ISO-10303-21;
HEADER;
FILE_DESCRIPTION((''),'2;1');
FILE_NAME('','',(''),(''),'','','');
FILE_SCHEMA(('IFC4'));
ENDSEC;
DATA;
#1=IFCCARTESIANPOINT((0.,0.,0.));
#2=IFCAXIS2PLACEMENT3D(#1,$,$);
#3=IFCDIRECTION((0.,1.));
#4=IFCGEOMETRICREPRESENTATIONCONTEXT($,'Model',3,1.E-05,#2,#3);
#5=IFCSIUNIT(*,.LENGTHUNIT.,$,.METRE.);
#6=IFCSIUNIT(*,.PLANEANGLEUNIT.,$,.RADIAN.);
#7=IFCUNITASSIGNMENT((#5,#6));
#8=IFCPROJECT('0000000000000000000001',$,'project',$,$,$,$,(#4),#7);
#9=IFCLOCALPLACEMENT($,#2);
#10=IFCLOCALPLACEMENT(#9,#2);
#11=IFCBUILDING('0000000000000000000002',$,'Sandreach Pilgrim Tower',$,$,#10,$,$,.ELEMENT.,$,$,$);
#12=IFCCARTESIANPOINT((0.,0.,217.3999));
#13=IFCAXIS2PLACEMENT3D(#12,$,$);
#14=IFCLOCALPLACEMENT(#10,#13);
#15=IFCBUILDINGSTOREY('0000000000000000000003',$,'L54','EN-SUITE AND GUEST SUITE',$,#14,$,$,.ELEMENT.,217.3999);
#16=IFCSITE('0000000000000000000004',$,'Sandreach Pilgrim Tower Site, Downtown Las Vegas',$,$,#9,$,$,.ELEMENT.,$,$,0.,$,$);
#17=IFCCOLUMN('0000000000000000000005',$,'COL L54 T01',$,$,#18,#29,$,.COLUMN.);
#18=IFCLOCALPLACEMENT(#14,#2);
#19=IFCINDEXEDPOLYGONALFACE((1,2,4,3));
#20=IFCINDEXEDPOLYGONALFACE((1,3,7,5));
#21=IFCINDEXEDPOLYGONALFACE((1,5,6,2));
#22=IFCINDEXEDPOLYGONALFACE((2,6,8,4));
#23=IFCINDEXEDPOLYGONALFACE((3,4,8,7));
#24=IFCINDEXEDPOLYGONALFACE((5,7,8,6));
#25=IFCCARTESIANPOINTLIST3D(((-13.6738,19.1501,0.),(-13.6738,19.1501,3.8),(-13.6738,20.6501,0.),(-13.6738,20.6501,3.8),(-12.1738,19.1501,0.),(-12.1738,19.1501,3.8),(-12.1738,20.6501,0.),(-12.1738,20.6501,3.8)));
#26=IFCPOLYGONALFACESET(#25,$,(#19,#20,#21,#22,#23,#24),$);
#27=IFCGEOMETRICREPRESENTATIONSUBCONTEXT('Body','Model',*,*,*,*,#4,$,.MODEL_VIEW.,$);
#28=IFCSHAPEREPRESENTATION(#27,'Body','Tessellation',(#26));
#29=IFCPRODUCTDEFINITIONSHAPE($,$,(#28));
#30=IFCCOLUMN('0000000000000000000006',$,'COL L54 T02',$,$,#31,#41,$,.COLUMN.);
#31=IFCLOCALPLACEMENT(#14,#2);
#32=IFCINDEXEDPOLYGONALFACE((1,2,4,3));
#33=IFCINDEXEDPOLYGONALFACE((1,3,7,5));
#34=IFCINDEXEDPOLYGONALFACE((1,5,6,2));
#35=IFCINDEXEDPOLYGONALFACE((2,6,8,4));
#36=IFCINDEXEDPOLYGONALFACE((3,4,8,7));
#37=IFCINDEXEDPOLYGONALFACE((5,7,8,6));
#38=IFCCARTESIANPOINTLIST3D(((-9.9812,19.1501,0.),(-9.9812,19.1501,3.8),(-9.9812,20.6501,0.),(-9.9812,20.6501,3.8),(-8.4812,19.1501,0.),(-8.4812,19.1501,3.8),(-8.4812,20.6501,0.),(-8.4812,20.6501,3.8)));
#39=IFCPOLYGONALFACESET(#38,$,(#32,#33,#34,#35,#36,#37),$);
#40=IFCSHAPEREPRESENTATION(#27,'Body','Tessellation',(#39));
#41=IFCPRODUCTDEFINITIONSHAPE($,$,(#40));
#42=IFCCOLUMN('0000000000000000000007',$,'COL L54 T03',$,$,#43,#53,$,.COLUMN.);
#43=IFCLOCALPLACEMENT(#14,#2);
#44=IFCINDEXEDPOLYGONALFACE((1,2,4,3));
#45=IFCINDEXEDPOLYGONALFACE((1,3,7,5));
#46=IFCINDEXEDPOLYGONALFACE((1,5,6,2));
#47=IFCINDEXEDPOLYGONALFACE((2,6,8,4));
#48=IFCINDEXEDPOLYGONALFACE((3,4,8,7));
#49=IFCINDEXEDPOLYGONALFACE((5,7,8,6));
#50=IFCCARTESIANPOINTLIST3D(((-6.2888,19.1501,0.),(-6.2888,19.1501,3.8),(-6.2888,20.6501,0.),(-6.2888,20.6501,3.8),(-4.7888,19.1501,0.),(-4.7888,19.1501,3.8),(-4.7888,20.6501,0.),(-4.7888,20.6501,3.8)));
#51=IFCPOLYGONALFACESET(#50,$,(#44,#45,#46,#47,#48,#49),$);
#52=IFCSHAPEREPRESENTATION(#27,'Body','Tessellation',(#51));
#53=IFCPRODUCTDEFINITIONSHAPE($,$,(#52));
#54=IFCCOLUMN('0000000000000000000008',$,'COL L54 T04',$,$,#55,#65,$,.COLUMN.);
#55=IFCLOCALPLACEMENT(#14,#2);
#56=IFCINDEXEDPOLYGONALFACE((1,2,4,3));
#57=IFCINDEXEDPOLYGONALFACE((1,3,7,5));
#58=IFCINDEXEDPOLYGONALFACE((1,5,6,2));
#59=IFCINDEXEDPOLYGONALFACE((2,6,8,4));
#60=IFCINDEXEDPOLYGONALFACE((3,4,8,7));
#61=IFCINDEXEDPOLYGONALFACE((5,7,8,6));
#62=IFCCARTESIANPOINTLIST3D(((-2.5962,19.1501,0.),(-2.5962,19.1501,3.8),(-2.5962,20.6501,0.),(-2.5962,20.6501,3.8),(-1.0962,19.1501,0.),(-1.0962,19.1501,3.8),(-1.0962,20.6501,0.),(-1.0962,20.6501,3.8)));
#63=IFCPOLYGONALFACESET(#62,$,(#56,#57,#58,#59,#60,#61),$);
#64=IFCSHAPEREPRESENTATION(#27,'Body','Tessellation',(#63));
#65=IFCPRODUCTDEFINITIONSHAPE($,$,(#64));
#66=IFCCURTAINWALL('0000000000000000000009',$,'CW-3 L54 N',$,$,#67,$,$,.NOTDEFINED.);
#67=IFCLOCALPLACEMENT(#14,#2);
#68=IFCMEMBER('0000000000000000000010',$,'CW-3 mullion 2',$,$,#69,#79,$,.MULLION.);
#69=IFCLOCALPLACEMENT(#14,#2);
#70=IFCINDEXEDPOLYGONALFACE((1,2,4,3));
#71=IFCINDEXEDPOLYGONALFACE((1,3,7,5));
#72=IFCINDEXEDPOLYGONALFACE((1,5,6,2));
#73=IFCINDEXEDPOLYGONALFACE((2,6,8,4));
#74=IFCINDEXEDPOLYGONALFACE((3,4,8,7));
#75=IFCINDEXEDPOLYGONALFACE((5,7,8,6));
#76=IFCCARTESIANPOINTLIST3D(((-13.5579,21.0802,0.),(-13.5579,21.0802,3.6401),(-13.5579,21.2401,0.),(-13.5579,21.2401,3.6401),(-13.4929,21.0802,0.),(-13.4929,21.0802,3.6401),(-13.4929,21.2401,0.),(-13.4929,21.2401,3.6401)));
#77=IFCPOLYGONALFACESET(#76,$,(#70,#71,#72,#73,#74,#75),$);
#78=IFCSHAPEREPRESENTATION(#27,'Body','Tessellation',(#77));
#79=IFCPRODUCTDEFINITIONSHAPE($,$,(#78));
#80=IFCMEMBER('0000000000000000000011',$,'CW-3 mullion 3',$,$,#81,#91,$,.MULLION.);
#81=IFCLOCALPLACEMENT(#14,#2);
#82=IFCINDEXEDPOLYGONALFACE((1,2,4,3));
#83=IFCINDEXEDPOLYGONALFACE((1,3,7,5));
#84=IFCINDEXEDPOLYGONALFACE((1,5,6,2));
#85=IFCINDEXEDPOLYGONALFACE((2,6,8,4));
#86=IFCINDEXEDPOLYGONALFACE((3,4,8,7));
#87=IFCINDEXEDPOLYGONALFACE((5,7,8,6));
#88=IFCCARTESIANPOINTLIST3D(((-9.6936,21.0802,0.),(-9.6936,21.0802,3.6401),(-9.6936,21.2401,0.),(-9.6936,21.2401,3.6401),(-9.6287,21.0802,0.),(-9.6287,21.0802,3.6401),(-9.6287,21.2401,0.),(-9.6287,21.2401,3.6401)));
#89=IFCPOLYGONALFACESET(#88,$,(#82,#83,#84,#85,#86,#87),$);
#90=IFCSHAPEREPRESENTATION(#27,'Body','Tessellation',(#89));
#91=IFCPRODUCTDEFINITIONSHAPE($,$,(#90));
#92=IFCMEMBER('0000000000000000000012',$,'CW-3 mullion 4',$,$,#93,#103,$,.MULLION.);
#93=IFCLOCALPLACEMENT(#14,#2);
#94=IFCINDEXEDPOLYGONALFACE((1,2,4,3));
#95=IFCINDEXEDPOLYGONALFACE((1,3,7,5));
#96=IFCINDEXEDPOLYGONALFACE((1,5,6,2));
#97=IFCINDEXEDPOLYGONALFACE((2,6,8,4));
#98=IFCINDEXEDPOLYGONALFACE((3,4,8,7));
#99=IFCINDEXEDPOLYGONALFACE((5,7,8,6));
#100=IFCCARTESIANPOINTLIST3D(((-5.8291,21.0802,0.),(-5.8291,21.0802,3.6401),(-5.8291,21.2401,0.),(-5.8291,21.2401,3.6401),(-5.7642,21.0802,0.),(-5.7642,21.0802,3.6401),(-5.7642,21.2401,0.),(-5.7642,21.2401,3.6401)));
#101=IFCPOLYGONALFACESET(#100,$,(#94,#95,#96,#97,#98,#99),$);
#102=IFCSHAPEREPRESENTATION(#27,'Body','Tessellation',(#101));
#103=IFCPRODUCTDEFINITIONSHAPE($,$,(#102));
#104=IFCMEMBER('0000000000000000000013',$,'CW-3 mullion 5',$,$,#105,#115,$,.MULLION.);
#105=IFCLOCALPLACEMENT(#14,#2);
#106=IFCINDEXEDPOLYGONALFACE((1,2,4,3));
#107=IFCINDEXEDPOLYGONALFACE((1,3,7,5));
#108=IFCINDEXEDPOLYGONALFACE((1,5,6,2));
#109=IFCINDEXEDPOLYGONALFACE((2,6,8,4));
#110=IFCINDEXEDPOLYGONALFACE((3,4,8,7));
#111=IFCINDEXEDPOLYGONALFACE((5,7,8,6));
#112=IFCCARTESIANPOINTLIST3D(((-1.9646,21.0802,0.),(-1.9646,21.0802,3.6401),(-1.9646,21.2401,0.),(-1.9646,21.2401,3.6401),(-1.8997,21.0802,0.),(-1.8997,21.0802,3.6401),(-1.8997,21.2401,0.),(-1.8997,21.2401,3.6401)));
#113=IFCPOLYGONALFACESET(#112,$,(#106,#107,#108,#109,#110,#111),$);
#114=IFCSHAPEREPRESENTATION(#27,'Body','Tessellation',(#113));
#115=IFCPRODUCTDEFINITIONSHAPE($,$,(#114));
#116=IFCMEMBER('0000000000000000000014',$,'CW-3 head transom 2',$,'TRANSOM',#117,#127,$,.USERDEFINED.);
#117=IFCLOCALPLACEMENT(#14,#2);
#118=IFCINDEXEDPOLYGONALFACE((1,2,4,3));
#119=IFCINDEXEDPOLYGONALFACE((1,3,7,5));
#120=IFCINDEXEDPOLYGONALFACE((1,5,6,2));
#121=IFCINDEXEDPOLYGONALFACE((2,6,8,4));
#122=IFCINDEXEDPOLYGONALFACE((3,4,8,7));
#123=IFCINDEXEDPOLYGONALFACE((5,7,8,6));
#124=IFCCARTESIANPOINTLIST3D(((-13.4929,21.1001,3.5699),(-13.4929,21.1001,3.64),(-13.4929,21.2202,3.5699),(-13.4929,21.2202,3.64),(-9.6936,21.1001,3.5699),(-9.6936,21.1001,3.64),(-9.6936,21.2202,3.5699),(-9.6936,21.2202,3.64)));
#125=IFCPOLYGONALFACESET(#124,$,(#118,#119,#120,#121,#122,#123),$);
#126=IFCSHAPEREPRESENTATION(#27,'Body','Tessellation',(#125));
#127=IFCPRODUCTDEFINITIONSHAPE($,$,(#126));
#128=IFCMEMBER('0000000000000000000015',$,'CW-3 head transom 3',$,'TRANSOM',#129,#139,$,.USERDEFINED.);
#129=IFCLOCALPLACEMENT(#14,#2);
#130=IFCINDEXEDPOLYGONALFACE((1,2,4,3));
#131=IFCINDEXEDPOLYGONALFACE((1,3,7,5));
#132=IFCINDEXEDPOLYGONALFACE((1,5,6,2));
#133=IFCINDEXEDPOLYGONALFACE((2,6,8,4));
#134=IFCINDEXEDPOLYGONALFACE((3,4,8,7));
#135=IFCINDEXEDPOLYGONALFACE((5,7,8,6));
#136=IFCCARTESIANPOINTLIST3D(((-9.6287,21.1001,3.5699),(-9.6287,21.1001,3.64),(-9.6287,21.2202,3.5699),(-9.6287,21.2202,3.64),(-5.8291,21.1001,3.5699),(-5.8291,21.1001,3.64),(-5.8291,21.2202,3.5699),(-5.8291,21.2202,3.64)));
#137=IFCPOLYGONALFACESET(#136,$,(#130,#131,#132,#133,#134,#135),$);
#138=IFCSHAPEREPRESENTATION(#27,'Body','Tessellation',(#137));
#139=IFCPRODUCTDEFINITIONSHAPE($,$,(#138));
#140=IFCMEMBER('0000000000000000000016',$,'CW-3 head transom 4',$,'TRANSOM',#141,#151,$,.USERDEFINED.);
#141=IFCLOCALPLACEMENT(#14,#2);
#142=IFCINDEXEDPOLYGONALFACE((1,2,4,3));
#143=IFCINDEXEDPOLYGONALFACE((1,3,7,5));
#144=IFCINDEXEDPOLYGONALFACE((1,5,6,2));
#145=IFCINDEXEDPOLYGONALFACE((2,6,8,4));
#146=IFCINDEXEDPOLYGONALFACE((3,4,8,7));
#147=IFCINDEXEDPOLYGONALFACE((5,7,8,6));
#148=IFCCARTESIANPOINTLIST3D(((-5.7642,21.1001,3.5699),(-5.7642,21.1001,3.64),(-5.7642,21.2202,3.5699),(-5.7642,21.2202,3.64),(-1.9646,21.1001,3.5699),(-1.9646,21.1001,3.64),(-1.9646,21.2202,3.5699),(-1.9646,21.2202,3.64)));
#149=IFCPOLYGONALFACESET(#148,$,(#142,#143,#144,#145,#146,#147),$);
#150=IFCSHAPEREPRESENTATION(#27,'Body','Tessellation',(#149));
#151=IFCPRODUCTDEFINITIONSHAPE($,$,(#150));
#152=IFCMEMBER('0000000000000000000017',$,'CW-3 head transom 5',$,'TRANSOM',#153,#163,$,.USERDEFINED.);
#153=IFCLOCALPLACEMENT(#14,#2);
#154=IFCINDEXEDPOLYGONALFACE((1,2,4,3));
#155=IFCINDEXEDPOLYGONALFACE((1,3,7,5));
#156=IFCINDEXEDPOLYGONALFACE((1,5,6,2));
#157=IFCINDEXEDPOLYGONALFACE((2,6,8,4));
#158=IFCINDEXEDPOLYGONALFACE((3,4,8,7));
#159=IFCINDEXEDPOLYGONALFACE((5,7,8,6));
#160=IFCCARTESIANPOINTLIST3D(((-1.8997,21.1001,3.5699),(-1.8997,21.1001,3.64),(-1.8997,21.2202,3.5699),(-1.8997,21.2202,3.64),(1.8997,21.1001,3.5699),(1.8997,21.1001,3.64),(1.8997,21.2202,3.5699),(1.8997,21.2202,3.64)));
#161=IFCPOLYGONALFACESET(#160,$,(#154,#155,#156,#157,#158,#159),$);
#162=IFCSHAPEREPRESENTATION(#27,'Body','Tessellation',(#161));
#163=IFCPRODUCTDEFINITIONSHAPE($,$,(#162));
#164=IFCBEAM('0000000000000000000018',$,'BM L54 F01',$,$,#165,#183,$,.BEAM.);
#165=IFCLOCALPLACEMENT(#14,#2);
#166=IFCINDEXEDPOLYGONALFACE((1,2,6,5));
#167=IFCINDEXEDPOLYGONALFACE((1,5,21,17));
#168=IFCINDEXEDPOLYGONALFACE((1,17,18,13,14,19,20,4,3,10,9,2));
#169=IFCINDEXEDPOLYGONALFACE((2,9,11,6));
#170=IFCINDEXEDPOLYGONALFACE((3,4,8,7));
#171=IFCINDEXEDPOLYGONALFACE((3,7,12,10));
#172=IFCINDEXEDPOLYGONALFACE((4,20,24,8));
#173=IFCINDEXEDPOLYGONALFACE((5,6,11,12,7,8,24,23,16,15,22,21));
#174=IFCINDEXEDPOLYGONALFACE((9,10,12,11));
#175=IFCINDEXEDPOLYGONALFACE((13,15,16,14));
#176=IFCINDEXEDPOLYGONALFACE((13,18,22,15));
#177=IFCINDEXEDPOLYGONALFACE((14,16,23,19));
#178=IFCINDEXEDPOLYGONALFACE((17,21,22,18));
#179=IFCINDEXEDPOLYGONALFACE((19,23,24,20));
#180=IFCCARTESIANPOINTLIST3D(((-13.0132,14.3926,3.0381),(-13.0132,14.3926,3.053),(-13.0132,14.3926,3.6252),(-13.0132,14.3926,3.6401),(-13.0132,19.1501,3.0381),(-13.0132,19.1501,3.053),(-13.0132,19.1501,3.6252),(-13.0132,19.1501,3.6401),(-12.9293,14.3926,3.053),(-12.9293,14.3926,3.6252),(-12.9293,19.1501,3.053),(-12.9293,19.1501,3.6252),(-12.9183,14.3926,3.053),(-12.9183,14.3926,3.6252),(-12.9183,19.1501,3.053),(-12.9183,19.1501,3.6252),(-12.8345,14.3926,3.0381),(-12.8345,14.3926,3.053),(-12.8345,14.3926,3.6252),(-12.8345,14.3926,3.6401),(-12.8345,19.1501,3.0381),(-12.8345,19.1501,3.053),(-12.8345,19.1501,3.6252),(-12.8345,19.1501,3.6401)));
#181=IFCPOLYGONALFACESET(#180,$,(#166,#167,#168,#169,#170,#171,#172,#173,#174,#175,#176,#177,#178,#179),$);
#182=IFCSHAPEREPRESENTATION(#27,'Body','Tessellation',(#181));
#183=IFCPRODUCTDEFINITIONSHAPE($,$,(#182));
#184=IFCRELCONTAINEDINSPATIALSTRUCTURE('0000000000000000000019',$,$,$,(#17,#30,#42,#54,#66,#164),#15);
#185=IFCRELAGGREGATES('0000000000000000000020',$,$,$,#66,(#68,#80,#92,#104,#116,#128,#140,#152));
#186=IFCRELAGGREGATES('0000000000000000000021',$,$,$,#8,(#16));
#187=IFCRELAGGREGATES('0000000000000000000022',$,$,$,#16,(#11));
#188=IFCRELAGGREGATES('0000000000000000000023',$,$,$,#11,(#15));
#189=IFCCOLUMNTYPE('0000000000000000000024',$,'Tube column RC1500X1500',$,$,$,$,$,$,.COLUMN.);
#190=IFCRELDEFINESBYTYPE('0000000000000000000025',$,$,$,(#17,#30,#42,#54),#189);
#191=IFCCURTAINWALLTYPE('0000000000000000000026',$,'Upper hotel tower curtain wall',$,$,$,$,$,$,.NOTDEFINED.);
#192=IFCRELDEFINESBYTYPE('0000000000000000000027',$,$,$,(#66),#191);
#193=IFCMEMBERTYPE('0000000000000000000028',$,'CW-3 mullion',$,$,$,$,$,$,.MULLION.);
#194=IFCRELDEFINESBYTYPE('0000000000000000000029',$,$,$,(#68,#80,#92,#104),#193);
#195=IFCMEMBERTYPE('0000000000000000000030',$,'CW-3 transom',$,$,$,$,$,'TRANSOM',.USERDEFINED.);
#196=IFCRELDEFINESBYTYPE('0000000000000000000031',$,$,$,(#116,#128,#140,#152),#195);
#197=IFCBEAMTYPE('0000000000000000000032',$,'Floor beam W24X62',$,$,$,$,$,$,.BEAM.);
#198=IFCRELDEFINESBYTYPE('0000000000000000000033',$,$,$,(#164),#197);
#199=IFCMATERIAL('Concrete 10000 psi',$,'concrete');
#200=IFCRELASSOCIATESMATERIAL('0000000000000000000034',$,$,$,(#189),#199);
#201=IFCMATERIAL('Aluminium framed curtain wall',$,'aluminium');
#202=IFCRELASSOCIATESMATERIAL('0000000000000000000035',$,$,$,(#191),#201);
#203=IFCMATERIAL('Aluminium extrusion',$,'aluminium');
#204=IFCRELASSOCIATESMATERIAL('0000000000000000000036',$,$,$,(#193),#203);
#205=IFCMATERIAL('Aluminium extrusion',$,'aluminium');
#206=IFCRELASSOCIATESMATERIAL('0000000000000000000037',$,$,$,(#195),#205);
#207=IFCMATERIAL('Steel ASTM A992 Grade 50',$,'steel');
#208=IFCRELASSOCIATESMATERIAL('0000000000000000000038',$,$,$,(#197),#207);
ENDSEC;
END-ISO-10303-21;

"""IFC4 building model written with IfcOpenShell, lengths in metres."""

from ifc_helpers import new_model, si_unit, direction, frame, origin, origin_2d, place, context, subcontext, project, spatial, rectangle, i_section, extrude, material, material_profile, profile_set, type_object, element, aggregate, save


model = new_model("IFC4")

# Units and contexts
model_context = context("Model", 3, precision=1e-05, world=origin(), true_north=direction((0.0, 1.0)))
body_context = subcontext(model_context, "Body", "Model", "MODEL_VIEW")
ifc_project = project(units=[si_unit("LENGTHUNIT", "METRE"), si_unit("PLANEANGLEUNIT", "RADIAN")], contexts=[model_context])

# Site, building, storey
site_placement = place(None, origin())
site = spatial("IfcSite", under=ifc_project, at=site_placement, Name="Sandreach Pilgrim Tower Site, Downtown Las Vegas", CompositionType="ELEMENT", RefElevation=0.0)
building_placement = place(site_placement, origin())
building = spatial("IfcBuilding", under=site, at=building_placement, Name="Sandreach Pilgrim Tower", CompositionType="ELEMENT")
storey_placement = place(building_placement, frame((0.0, 0.0, 217.3999)))
storey = spatial("IfcBuildingStorey", under=building, at=storey_placement, Name="L54", Description="EN-SUITE AND GUEST SUITE", CompositionType="ELEMENT", Elevation=217.3999)

# Columns
ifc_material_1 = material(Name="Concrete 10000 psi", Category="concrete")
ifc_material_profile_1 = material_profile(ifc_material_1, rectangle(XDim=1.5, YDim=1.5, at=origin_2d()), Name="RC1500X1500")
ifc_profile_set_1 = profile_set([ifc_material_profile_1], Name="Concrete 10000 psi")
column_type = type_object("IfcColumnType", Name="Tube column RC1500X1500", PredefinedType="COLUMN", material=ifc_profile_set_1)
for number, where, z_axis, x_axis, name in (
    (1, (-12.9238, 19.9001, 0.0), (0.0, 0.0, 1.0), (0.0, 1.0, 0.0), "COL L54 T01"),
    (2, (-9.2312, 19.9001, 0.0), (0.0, 0.0, 1.0), (0.0, 1.0, 0.0), "COL L54 T02"),
    (3, (-5.5388, 19.9001, 0.0), (0.0, 0.0, 1.0), (0.0, 1.0, 0.0), "COL L54 T03"),
    (4, (-1.8462, 19.9001, 0.0), (0.0, 0.0, 1.0), (0.0, 1.0, 0.0), "COL L54 T04"),
):
    element("IfcColumn", number, at=place(storey_placement, frame(where, z_axis=z_axis, x_axis=x_axis)), inside=storey, type_object=column_type, Name=name, PredefinedType="COLUMN", context=body_context, shape_type="SweptSolid", body=[
        extrude(rectangle(XDim=1.5, YDim=1.5, at=origin_2d()), origin(), (0.0, 0.0, 1.0), 3.8),
    ])

# Curtain wall, members
ifc_material_2 = material(Name="Aluminium framed curtain wall", Category="aluminium")
curtain_wall_type = type_object("IfcCurtainWallType", Name="Upper hotel tower curtain wall", PredefinedType="NOTDEFINED", material=ifc_material_2)
curtain_wall_placement = place(storey_placement, origin())
curtain_wall = element("IfcCurtainWall", 5, at=curtain_wall_placement, inside=storey, type_object=curtain_wall_type, Name="CW-3 L54 N", PredefinedType="NOTDEFINED")
ifc_material_3 = material(Name="Aluminium extrusion", Category="aluminium")
ifc_material_profile_2 = material_profile(ifc_material_3, rectangle(XDim=0.0649, YDim=0.1599, at=origin_2d()), Name="CW-3M 65X160")
ifc_profile_set_2 = profile_set([ifc_material_profile_2], Name="Aluminium extrusion")
member_type_1 = type_object("IfcMemberType", Name="CW-3 mullion", PredefinedType="MULLION", material=ifc_profile_set_2)
member_1_placement = place(storey_placement, frame((-13.5254, 21.1602, 0.0), z_axis=(0.0, 0.0, 1.0), x_axis=(1.0, 0.0, 0.0)))
member_1 = element("IfcMember", 6, at=member_1_placement, type_object=member_type_1, Name="CW-3 mullion 2", PredefinedType="MULLION", context=body_context, shape_type="SweptSolid", body=[
    extrude(rectangle(XDim=0.0649, YDim=0.1599, at=origin_2d()), origin(), (0.0, 0.0, 1.0), 3.6401),
])
member_2_placement = place(storey_placement, frame((-9.6611, 21.1602, 0.0), z_axis=(0.0, 0.0, 1.0), x_axis=(1.0, 0.0, 0.0)))
member_2 = element("IfcMember", 7, at=member_2_placement, type_object=member_type_1, Name="CW-3 mullion 3", PredefinedType="MULLION", context=body_context, shape_type="SweptSolid", body=[
    extrude(rectangle(XDim=0.0649, YDim=0.1599, at=origin_2d()), origin(), (0.0, 0.0, 1.0), 3.6401),
])
member_3_placement = place(storey_placement, frame((-5.7966, 21.1602, 0.0), z_axis=(0.0, 0.0, 1.0), x_axis=(1.0, 0.0, 0.0)))
member_3 = element("IfcMember", 8, at=member_3_placement, type_object=member_type_1, Name="CW-3 mullion 4", PredefinedType="MULLION", context=body_context, shape_type="SweptSolid", body=[
    extrude(rectangle(XDim=0.0649, YDim=0.1599, at=origin_2d()), origin(), (0.0, 0.0, 1.0), 3.6401),
])
member_4_placement = place(storey_placement, frame((-1.9321, 21.1602, 0.0), z_axis=(0.0, 0.0, 1.0), x_axis=(1.0, 0.0, 0.0)))
member_4 = element("IfcMember", 9, at=member_4_placement, type_object=member_type_1, Name="CW-3 mullion 5", PredefinedType="MULLION", context=body_context, shape_type="SweptSolid", body=[
    extrude(rectangle(XDim=0.0649, YDim=0.1599, at=origin_2d()), origin(), (0.0, 0.0, 1.0), 3.6401),
])
ifc_material_4 = material(Name="Aluminium extrusion", Category="aluminium")
ifc_material_profile_3 = material_profile(ifc_material_4, rectangle(XDim=0.1201, YDim=0.0701, at=origin_2d()), Name="CW-3T 120X70")
ifc_profile_set_3 = profile_set([ifc_material_profile_3], Name="Aluminium extrusion")
member_type_2 = type_object("IfcMemberType", Name="CW-3 transom", ElementType="TRANSOM", PredefinedType="USERDEFINED", material=ifc_profile_set_3)
member_5_placement = place(storey_placement, frame((-13.4929, 21.1602, 3.605), z_axis=(1.0, 0.0, 0.0), x_axis=(0.0, 1.0, 0.0)))
member_5 = element("IfcMember", 10, at=member_5_placement, type_object=member_type_2, Name="CW-3 head transom 2", ObjectType="TRANSOM", PredefinedType="USERDEFINED", context=body_context, shape_type="SweptSolid", body=[
    extrude(rectangle(XDim=0.1201, YDim=0.0701, at=origin_2d()), origin(), (0.0, 0.0, 1.0), 3.7993),
])
member_6_placement = place(storey_placement, frame((-9.6287, 21.1602, 3.605), z_axis=(1.0, 0.0, 0.0), x_axis=(0.0, 1.0, 0.0)))
member_6 = element("IfcMember", 11, at=member_6_placement, type_object=member_type_2, Name="CW-3 head transom 3", ObjectType="TRANSOM", PredefinedType="USERDEFINED", context=body_context, shape_type="SweptSolid", body=[
    extrude(rectangle(XDim=0.1201, YDim=0.0701, at=origin_2d()), origin(), (0.0, 0.0, 1.0), 3.7996),
])
member_7_placement = place(storey_placement, frame((-5.7642, 21.1602, 3.605), z_axis=(1.0, 0.0, 0.0), x_axis=(0.0, 1.0, 0.0)))
member_7 = element("IfcMember", 12, at=member_7_placement, type_object=member_type_2, Name="CW-3 head transom 4", ObjectType="TRANSOM", PredefinedType="USERDEFINED", context=body_context, shape_type="SweptSolid", body=[
    extrude(rectangle(XDim=0.1201, YDim=0.0701, at=origin_2d()), origin(), (0.0, 0.0, 1.0), 3.7996),
])
member_8_placement = place(storey_placement, frame((-1.8997, 21.1602, 3.605), z_axis=(1.0, 0.0, 0.0), x_axis=(0.0, 1.0, 0.0)))
member_8 = element("IfcMember", 13, at=member_8_placement, type_object=member_type_2, Name="CW-3 head transom 5", ObjectType="TRANSOM", PredefinedType="USERDEFINED", context=body_context, shape_type="SweptSolid", body=[
    extrude(rectangle(XDim=0.1201, YDim=0.0701, at=origin_2d()), origin(), (0.0, 0.0, 1.0), 3.7993),
])

# Beam
ifc_material_5 = material(Name="Steel ASTM A992 Grade 50", Category="steel")
ifc_material_profile_4 = material_profile(ifc_material_5, i_section(OverallWidth=0.1787, OverallDepth=0.6021, WebThickness=0.011, FlangeThickness=0.0149, at=origin_2d()), Name="W24X62")
ifc_profile_set_4 = profile_set([ifc_material_profile_4], Name="Steel ASTM A992 Grade 50")
beam_type_1 = type_object("IfcBeamType", Name="Floor beam W24X62", PredefinedType="BEAM", material=ifc_profile_set_4)
beam_1_placement = place(storey_placement, frame((-12.9238, 19.1501, 3.3391), z_axis=(0.0, -1.0, 0.0), x_axis=(1.0, 0.0, 0.0)))
element("IfcBeam", 14, at=beam_1_placement, inside=storey, type_object=beam_type_1, Name="BM L54 F01", PredefinedType="BEAM", context=body_context, shape_type="SweptSolid", body=[
    extrude(i_section(OverallWidth=0.1787, OverallDepth=0.6021, WebThickness=0.011, FlangeThickness=0.0149, at=origin_2d()), origin(), (0.0, 0.0, 1.0), 4.7576),
])

aggregate(curtain_wall, [member_1, member_2, member_3, member_4, member_5, member_6, member_7, member_8])

save(model, "model.ifc")
